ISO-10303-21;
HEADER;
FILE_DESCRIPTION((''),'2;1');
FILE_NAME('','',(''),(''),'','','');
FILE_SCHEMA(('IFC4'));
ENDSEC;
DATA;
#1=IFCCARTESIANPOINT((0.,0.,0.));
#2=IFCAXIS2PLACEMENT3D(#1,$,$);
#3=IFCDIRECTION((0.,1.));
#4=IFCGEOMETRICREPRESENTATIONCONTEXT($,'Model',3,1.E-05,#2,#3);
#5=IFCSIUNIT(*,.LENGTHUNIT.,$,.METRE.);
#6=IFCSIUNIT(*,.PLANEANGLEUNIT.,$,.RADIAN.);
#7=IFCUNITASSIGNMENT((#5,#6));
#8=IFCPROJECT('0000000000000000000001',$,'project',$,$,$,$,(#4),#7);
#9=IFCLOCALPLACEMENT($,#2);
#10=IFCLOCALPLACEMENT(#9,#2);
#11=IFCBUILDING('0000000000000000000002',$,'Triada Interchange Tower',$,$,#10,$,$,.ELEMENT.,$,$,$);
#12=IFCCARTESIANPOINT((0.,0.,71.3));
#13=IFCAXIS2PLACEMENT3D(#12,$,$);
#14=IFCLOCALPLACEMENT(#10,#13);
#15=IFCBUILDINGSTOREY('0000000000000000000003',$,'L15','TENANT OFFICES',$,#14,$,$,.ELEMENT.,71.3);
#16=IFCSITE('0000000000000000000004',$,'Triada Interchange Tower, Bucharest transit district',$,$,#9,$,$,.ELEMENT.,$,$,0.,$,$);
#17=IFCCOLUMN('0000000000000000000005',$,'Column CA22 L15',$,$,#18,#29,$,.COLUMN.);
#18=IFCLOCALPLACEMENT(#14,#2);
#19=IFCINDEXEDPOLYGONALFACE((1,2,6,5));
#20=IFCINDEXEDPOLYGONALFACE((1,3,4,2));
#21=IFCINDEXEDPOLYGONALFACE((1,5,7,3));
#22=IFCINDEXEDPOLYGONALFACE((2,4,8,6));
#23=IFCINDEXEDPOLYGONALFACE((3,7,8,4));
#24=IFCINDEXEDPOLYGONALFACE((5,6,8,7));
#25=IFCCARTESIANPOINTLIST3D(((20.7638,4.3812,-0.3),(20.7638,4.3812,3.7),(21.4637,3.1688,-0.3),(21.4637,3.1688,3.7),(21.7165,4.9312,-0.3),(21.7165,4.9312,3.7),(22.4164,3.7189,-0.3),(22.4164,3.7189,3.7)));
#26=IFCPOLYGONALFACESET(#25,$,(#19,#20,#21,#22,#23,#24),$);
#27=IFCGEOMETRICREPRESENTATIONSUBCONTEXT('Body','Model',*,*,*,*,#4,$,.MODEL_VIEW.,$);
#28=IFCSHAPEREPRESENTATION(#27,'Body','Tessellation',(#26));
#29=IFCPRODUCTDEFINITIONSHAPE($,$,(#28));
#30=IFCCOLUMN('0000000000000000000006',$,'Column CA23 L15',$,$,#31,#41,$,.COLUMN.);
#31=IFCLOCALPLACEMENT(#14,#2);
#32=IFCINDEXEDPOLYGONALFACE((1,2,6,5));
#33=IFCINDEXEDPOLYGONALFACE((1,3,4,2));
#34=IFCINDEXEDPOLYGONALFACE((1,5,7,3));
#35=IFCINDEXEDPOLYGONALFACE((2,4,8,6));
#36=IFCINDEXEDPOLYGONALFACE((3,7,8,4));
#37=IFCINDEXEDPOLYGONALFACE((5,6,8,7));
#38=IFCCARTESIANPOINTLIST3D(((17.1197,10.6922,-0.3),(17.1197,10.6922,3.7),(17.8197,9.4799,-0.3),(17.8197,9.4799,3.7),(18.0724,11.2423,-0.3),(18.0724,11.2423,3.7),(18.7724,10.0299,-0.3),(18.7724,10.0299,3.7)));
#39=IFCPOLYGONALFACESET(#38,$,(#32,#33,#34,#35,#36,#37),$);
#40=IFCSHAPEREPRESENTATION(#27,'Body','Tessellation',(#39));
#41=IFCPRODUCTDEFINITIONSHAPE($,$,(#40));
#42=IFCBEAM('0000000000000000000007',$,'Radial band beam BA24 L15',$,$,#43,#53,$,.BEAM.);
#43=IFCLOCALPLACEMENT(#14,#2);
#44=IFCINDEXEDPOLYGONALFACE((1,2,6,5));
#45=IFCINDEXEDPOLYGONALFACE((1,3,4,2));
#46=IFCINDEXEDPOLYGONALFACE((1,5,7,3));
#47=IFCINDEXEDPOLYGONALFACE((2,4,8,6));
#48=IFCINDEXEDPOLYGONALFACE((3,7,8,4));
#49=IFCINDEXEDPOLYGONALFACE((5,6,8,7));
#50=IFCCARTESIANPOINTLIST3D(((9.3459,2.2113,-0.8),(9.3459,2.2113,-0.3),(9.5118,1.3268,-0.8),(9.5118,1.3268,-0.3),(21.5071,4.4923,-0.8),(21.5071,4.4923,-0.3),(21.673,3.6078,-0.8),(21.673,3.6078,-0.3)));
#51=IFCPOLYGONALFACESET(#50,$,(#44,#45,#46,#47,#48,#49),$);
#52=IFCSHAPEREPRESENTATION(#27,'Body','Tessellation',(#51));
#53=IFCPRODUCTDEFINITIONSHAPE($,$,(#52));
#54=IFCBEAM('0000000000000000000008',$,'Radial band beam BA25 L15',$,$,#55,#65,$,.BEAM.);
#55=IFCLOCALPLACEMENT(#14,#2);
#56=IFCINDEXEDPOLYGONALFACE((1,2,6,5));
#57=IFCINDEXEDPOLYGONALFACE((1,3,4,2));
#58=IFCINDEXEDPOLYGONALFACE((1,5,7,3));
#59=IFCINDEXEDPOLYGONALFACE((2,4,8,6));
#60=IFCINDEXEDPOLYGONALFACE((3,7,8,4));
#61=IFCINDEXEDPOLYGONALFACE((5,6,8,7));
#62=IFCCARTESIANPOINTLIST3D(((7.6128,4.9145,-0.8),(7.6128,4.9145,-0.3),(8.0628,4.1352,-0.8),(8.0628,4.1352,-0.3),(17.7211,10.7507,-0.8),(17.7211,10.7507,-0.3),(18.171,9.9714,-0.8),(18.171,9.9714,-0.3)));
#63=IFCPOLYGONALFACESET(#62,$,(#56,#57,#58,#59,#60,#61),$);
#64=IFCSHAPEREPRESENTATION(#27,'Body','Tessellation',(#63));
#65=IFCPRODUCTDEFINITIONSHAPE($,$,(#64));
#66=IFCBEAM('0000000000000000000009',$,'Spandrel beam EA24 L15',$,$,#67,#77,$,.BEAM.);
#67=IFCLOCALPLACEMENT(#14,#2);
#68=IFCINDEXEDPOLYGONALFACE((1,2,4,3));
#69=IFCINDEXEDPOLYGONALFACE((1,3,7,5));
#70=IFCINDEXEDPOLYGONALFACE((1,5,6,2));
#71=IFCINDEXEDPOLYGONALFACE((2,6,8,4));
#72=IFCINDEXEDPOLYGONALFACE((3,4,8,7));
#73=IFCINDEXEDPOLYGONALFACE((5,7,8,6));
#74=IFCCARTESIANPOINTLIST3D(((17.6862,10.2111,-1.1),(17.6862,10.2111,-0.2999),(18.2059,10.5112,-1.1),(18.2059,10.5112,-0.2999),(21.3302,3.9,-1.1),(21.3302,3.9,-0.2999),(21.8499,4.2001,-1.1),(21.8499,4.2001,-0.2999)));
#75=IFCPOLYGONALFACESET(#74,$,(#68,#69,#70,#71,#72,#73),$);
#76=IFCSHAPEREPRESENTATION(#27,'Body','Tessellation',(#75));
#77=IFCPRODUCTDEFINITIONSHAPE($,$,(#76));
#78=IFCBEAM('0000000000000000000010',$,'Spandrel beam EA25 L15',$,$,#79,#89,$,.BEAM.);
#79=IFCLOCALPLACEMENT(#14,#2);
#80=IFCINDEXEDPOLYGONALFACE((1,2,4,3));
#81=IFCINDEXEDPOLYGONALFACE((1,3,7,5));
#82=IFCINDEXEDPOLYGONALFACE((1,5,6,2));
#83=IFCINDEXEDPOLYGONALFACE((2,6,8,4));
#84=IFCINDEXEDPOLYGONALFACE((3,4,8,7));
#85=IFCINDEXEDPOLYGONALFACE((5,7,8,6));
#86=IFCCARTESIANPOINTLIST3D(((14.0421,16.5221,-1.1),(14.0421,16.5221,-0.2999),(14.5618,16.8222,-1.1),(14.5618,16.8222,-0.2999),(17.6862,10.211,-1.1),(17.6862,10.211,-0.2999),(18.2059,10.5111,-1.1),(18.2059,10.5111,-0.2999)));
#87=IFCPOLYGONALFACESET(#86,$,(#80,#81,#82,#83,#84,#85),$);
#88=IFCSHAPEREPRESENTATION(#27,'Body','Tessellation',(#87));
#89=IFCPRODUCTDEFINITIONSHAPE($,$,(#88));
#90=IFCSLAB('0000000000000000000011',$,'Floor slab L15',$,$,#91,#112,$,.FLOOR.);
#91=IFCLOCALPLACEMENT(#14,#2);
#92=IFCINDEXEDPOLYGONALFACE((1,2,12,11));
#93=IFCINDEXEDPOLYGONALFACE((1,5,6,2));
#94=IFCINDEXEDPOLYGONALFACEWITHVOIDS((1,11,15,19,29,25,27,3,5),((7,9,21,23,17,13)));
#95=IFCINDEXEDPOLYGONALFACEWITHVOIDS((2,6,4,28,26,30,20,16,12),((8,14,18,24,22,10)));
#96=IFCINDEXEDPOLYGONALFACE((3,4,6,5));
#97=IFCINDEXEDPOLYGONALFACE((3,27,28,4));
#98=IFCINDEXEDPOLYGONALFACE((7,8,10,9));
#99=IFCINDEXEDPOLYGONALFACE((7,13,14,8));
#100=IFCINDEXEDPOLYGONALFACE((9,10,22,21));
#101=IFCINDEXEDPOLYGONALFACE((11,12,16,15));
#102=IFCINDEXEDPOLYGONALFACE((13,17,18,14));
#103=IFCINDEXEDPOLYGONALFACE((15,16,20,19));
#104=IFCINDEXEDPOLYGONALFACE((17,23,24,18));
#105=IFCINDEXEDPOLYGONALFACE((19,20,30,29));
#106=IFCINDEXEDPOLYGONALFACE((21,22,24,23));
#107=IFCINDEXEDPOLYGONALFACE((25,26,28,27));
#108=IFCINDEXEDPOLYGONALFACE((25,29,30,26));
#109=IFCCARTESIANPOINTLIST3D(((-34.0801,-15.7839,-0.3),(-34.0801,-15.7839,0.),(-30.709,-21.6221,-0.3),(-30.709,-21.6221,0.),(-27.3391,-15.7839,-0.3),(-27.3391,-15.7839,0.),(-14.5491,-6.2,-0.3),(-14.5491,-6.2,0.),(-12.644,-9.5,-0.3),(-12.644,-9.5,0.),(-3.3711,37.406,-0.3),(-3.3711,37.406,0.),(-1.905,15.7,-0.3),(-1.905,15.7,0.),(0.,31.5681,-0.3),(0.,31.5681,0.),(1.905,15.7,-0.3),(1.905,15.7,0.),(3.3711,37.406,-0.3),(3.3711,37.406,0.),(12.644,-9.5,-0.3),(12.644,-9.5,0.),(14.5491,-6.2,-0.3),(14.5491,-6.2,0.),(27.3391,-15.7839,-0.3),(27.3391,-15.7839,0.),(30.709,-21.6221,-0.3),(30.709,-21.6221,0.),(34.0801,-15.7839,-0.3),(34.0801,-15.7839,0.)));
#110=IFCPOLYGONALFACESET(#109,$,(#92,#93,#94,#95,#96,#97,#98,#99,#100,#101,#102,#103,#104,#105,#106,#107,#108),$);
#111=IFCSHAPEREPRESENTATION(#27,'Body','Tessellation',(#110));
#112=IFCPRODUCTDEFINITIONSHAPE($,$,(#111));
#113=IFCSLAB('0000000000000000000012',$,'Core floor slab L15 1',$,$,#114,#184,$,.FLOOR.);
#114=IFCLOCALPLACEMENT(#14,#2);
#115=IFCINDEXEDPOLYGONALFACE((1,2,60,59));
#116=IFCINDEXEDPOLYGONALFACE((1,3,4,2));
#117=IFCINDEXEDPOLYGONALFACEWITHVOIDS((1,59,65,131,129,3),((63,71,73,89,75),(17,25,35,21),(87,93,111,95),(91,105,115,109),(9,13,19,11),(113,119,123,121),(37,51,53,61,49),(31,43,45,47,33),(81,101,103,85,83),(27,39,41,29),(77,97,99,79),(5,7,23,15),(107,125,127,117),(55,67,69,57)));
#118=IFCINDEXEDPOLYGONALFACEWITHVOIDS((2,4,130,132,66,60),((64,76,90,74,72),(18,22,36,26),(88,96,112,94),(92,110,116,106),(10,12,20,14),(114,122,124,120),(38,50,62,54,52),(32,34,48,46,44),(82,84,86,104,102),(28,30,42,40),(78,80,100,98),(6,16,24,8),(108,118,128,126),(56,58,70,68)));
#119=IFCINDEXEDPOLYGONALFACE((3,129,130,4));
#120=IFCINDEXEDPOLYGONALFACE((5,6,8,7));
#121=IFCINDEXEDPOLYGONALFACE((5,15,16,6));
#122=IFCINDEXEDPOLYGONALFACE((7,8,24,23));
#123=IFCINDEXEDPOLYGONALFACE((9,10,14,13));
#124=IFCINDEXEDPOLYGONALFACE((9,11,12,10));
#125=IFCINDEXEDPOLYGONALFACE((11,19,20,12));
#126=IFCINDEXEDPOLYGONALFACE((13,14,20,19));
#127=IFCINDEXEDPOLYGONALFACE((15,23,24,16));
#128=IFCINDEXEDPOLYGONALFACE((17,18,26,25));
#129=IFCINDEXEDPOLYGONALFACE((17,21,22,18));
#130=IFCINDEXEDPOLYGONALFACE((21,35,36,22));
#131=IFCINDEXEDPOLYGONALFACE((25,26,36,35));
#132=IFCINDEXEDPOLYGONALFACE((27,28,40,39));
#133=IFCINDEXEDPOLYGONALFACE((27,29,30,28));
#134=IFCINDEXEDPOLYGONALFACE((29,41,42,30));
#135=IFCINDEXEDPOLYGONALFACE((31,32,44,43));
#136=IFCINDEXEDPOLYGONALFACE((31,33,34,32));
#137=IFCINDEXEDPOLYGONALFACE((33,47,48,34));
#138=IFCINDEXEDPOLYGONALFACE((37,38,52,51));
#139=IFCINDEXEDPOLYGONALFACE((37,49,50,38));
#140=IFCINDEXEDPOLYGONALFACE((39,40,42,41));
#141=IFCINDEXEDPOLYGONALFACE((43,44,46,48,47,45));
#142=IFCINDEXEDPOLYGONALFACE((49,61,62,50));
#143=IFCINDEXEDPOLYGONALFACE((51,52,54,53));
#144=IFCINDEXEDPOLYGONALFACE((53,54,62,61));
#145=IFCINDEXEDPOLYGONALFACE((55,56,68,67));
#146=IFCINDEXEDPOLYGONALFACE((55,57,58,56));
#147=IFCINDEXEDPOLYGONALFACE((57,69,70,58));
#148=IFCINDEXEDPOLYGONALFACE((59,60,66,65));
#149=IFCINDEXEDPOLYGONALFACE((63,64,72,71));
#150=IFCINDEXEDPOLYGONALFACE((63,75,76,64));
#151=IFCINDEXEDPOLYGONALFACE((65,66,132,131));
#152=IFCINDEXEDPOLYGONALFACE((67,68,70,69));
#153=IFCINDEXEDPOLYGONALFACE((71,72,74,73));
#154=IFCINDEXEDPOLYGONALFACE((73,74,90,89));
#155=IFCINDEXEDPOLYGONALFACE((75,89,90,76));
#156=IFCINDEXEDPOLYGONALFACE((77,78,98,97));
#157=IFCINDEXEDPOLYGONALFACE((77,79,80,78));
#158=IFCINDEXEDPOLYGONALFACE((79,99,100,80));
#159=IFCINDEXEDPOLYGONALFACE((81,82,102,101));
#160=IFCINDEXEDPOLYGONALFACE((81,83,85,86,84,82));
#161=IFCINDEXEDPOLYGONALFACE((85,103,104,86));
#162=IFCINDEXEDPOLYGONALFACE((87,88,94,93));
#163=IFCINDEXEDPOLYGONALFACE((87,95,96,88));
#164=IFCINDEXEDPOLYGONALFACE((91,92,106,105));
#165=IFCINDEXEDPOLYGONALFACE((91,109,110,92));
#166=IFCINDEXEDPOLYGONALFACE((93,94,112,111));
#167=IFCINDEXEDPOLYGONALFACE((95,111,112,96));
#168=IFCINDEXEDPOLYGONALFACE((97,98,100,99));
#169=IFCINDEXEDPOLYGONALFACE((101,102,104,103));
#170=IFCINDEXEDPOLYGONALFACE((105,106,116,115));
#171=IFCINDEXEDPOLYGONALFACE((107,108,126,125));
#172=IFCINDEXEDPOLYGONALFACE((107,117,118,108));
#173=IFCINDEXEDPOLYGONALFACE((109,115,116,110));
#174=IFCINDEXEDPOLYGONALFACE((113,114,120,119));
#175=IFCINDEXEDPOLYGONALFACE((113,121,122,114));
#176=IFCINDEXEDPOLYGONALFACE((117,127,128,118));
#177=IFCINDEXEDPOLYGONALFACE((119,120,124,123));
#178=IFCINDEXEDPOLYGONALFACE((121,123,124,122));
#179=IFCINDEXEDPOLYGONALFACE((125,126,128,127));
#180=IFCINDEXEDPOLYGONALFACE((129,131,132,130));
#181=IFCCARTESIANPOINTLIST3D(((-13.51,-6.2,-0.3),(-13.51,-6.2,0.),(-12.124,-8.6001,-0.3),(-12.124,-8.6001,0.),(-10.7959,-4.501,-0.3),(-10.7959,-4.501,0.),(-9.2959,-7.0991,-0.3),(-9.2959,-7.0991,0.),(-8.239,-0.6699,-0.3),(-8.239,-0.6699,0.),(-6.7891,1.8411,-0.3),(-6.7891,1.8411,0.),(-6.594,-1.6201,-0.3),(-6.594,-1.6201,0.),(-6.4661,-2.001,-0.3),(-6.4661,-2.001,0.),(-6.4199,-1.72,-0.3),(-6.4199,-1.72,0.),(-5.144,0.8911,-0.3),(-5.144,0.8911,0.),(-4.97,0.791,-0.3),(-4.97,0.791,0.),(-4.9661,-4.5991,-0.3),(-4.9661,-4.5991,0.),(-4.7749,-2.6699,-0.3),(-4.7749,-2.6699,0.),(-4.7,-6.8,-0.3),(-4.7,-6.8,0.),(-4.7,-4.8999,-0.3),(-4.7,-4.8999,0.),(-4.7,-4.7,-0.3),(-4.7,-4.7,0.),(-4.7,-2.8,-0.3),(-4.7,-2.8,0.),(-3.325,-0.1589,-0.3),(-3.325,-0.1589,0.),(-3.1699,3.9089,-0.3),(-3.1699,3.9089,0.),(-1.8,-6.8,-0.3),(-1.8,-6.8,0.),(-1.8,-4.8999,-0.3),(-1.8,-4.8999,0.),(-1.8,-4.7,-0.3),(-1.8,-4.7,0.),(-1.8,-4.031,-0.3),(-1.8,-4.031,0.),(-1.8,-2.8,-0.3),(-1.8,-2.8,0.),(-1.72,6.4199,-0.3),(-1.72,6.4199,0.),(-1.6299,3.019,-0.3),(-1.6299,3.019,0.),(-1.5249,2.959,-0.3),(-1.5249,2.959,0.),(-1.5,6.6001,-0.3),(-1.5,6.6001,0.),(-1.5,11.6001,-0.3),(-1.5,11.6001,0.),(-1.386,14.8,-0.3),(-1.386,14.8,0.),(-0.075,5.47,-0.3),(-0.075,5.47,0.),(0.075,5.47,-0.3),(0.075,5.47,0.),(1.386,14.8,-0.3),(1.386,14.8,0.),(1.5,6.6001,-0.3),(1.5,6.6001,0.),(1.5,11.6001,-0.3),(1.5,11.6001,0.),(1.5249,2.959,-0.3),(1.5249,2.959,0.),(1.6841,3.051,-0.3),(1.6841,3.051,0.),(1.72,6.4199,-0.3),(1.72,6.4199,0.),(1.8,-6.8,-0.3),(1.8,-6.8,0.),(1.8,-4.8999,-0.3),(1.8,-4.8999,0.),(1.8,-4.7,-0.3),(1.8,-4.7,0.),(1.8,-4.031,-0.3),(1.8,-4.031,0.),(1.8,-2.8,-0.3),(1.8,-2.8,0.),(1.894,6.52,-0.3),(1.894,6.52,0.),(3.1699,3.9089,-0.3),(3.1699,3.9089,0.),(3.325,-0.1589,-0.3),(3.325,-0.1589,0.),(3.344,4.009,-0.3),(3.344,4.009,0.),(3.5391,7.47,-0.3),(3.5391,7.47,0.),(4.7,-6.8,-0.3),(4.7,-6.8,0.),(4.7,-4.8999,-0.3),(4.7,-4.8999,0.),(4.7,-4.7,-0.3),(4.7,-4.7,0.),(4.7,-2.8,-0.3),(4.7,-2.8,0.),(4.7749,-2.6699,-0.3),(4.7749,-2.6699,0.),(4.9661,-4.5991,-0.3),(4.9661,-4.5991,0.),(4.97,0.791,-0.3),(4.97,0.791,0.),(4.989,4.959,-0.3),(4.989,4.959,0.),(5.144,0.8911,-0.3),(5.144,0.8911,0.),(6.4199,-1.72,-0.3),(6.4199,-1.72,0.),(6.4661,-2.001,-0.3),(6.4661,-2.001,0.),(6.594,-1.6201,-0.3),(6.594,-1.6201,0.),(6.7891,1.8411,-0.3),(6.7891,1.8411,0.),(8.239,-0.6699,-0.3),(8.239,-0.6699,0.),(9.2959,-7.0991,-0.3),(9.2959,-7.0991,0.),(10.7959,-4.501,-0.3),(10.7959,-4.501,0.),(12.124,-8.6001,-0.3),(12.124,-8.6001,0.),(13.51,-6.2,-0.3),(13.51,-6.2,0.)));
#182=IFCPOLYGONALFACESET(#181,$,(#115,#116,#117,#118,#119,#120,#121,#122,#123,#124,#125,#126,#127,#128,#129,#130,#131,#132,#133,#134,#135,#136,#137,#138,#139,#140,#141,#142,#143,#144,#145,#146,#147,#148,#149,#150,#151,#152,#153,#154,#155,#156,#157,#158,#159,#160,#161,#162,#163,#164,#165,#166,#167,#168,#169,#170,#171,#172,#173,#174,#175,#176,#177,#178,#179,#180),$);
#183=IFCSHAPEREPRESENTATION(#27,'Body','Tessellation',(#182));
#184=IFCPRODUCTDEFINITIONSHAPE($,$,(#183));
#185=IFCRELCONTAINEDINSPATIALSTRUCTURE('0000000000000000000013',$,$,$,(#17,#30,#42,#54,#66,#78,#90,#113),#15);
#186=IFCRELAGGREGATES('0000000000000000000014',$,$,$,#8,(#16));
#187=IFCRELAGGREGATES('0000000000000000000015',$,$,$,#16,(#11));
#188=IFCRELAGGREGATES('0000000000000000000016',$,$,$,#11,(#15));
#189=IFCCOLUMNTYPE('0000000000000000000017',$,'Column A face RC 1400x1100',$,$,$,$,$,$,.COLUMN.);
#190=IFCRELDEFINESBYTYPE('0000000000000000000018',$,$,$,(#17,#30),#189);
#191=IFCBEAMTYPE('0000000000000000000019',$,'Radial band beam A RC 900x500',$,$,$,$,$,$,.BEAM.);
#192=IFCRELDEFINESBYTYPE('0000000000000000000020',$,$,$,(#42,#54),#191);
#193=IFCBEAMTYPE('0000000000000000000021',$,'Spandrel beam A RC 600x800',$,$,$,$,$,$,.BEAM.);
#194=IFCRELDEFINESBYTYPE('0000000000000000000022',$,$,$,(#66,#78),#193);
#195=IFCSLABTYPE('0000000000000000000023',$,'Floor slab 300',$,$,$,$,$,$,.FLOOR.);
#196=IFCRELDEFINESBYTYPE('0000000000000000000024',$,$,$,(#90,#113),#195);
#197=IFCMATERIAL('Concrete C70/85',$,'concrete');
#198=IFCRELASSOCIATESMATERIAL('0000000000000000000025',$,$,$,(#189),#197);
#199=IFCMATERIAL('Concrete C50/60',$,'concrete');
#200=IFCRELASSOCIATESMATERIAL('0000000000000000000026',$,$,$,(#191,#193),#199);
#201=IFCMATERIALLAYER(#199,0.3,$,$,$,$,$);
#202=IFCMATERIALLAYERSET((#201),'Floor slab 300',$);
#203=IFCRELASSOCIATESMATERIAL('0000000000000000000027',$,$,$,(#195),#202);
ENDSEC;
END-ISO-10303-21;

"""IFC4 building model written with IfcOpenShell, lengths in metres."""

from ifc_helpers import new_model, si_unit, direction, frame, origin, origin_2d, place, context, subcontext, project, spatial, polyline, rectangle, outline, extrude, material, layer, layer_set, material_profile, profile_set, type_object, element, save


model = new_model("IFC4")

# Units and contexts
model_context = context("Model", 3, precision=1e-05, world=origin(), true_north=direction((0.0, 1.0)))
body_context = subcontext(model_context, "Body", "Model", "MODEL_VIEW")
ifc_project = project(units=[si_unit("LENGTHUNIT", "METRE"), si_unit("PLANEANGLEUNIT", "RADIAN")], contexts=[model_context])

# Site, building, storey
site_placement = place(None, origin())
site = spatial("IfcSite", under=ifc_project, at=site_placement, Name="Triada Interchange Tower, Bucharest transit district", CompositionType="ELEMENT", RefElevation=0.0)
building_placement = place(site_placement, origin())
building = spatial("IfcBuilding", under=site, at=building_placement, Name="Triada Interchange Tower", CompositionType="ELEMENT")
storey_placement = place(building_placement, frame((0.0, 0.0, 71.3)))
storey = spatial("IfcBuildingStorey", under=building, at=storey_placement, Name="L15", Description="TENANT OFFICES", CompositionType="ELEMENT", Elevation=71.3)

# Columns
ifc_material_1 = material(Name="Concrete C70/85", Category="concrete")
ifc_material_profile_1 = material_profile(ifc_material_1, rectangle(XDim=1.3999, YDim=1.1001, at=origin_2d()), Name="RC 1400x1100")
ifc_profile_set_1 = profile_set([ifc_material_profile_1], Name="Concrete C70/85")
column_type = type_object("IfcColumnType", Name="Column A face RC 1400x1100", PredefinedType="COLUMN", material=ifc_profile_set_1)
for number, where, z_axis, x_axis, name in (
    (1, (21.5901, 4.05, -0.3), (0.0, 0.0, 1.0), (-0.5, 0.866025, 0.0), "Column CA22 L15"),
    (2, (17.946, 10.3611, -0.3), (0.0, 0.0, 1.0), (-0.5, 0.866025, 0.0), "Column CA23 L15"),
):
    element("IfcColumn", number, at=place(storey_placement, frame(where, z_axis=z_axis, x_axis=x_axis)), inside=storey, type_object=column_type, Name=name, PredefinedType="COLUMN", context=body_context, shape_type="SweptSolid", body=[
        extrude(rectangle(XDim=1.3999, YDim=1.1001, at=origin_2d()), origin(), (0.0, 0.0, 1.0), 4.0),
    ])

# Beams
ifc_material_2 = material(Name="Concrete C50/60", Category="concrete")
ifc_material_profile_2 = material_profile(ifc_material_2, rectangle(XDim=0.8999, YDim=0.5, at=origin_2d()), Name="RC 900x500")
ifc_profile_set_2 = profile_set([ifc_material_profile_2], Name="Concrete C50/60")
beam_type_1 = type_object("IfcBeamType", Name="Radial band beam A RC 900x500", PredefinedType="BEAM", material=ifc_profile_set_2)
beam_1_placement = place(storey_placement, frame((21.5901, 4.05, -0.55), z_axis=(-0.982861, -0.18435, 0.0), x_axis=(0.18435, -0.982861, 0.0)))
element("IfcBeam", 3, at=beam_1_placement, inside=storey, type_object=beam_type_1, Name="Radial band beam BA24 L15", PredefinedType="BEAM", context=body_context, shape_type="SweptSolid", body=[
    extrude(rectangle(XDim=0.8999, YDim=0.5, at=origin_2d()), origin(), (0.0, 0.0, 1.0), 12.3733),
])
beam_2_placement = place(storey_placement, frame((17.946, 10.3611, -0.55), z_axis=(-0.866017, -0.500015, 0.0), x_axis=(0.500015, -0.866017, 0.0)))
element("IfcBeam", 4, at=beam_2_placement, inside=storey, type_object=beam_type_1, Name="Radial band beam BA25 L15", PredefinedType="BEAM", context=body_context, shape_type="SweptSolid", body=[
    extrude(rectangle(XDim=0.8999, YDim=0.5, at=origin_2d()), origin(), (0.0, 0.0, 1.0), 11.6721),
])
ifc_material_profile_3 = material_profile(ifc_material_2, rectangle(XDim=0.6001, YDim=0.8, at=origin_2d()), Name="RC 600x800")
ifc_profile_set_3 = profile_set([ifc_material_profile_3], Name="Concrete C50/60")
beam_type_2 = type_object("IfcBeamType", Name="Spandrel beam A RC 600x800", PredefinedType="BEAM", material=ifc_profile_set_3)
for number, where, z_axis, x_axis, name in (
    (5, (21.5901, 4.05, -0.7), (-0.500038, 0.866004, 0.0), (-0.866004, -0.500038, 0.0), "Spandrel beam EA24 L15"),
    (6, (17.946, 10.3611, -0.7), (-0.500038, 0.866004, 0.0), (-0.866004, -0.500038, 0.0), "Spandrel beam EA25 L15"),
):
    element("IfcBeam", number, at=place(storey_placement, frame(where, z_axis=z_axis, x_axis=x_axis)), inside=storey, type_object=beam_type_2, Name=name, PredefinedType="BEAM", context=body_context, shape_type="SweptSolid", body=[
        extrude(rectangle(XDim=0.6001, YDim=0.8, at=origin_2d()), origin(), (0.0, 0.0, 1.0), 7.2876),
    ])

# Slabs
ifc_layer_1 = layer(ifc_material_2, 0.3)
ifc_layer_set_1 = layer_set([ifc_layer_1], Name="Floor slab 300")
slab_type_1 = type_object("IfcSlabType", Name="Floor slab 300", PredefinedType="FLOOR", material=ifc_layer_set_1)
slab_1_placement = place(storey_placement, frame((0.0, 0.0, -0.3)))
element("IfcSlab", 7, at=slab_1_placement, inside=storey, type_object=slab_type_1, Name="Floor slab L15", PredefinedType="FLOOR", context=body_context, shape_type="SweptSolid", body=[
    extrude(outline(polyline([(-3.3711, 37.406), (-34.0801, -15.7839), (-27.3391, -15.7839), (-30.709, -21.6221), (30.709, -21.6221), (27.3391, -15.7839), (34.0801, -15.7839), (3.3711, 37.406), (0.0, 31.5681), (-3.3711, 37.406)]), holes=[polyline([(1.905, 15.7), (-1.905, 15.7), (-14.5491, -6.2), (-12.644, -9.5), (12.644, -9.5), (14.5491, -6.2), (1.905, 15.7)])]), origin(), (0.0, 0.0, 1.0), 0.3),
])
slab_2_placement = place(storey_placement, frame((0.0, 0.0, -0.3)))
element("IfcSlab", 8, at=slab_2_placement, inside=storey, type_object=slab_type_1, Name="Core floor slab L15 1", PredefinedType="FLOOR", context=body_context, shape_type="SweptSolid", body=[
    extrude(outline(polyline([(13.51, -6.2), (12.124, -8.6001), (-12.124, -8.6001), (-13.51, -6.2), (-1.386, 14.8), (1.386, 14.8), (13.51, -6.2)]), holes=[polyline([(9.2959, -7.0991), (10.7959, -4.501), (6.4661, -2.001), (4.9661, -4.5991), (9.2959, -7.0991)]), polyline([(6.7891, 1.8411), (5.144, 0.8911), (6.594, -1.6201), (8.239, -0.6699), (6.7891, 1.8411)]), polyline([(4.97, 0.791), (3.325, -0.1589), (4.7749, -2.6699), (6.4199, -1.72), (4.97, 0.791)]), polyline([(1.894, 6.52), (3.344, 4.009), (4.989, 4.959), (3.5391, 7.47), (1.894, 6.52)]), polyline([(1.8, -4.8999), (1.8, -6.8), (4.7, -6.8), (4.7, -4.8999), (1.8, -4.8999)]), polyline([(1.8, -2.8), (1.8, -4.031), (1.8, -4.7), (4.7, -4.7), (4.7, -2.8), (1.8, -2.8)]), polyline([(1.5249, 2.959), (1.6841, 3.051), (3.1699, 3.9089), (1.72, 6.4199), (0.075, 5.47), (1.5249, 2.959)]), polyline([(1.5, 11.6001), (-1.5, 11.6001), (-1.5, 6.6001), (1.5, 6.6001), (1.5, 11.6001)]), polyline([(-0.075, 5.47), (-1.72, 6.4199), (-3.1699, 3.9089), (-1.6299, 3.019), (-1.5249, 2.959), (-0.075, 5.47)]), polyline([(-4.7, -2.8), (-4.7, -4.7), (-1.8, -4.7), (-1.8, -4.031), (-1.8, -2.8), (-4.7, -2.8)]), polyline([(-4.7, -4.8999), (-4.7, -6.8), (-1.8, -6.8), (-1.8, -4.8999), (-4.7, -4.8999)]), polyline([(-4.7749, -2.6699), (-3.325, -0.1589), (-4.97, 0.791), (-6.4199, -1.72), (-4.7749, -2.6699)]), polyline([(-10.7959, -4.501), (-9.2959, -7.0991), (-4.9661, -4.5991), (-6.4661, -2.001), (-10.7959, -4.501)]), polyline([(-6.594, -1.6201), (-5.144, 0.8911), (-6.7891, 1.8411), (-8.239, -0.6699), (-6.594, -1.6201)])]), origin(), (0.0, 0.0, 1.0), 0.3),
])

save(model, "model.ifc")
